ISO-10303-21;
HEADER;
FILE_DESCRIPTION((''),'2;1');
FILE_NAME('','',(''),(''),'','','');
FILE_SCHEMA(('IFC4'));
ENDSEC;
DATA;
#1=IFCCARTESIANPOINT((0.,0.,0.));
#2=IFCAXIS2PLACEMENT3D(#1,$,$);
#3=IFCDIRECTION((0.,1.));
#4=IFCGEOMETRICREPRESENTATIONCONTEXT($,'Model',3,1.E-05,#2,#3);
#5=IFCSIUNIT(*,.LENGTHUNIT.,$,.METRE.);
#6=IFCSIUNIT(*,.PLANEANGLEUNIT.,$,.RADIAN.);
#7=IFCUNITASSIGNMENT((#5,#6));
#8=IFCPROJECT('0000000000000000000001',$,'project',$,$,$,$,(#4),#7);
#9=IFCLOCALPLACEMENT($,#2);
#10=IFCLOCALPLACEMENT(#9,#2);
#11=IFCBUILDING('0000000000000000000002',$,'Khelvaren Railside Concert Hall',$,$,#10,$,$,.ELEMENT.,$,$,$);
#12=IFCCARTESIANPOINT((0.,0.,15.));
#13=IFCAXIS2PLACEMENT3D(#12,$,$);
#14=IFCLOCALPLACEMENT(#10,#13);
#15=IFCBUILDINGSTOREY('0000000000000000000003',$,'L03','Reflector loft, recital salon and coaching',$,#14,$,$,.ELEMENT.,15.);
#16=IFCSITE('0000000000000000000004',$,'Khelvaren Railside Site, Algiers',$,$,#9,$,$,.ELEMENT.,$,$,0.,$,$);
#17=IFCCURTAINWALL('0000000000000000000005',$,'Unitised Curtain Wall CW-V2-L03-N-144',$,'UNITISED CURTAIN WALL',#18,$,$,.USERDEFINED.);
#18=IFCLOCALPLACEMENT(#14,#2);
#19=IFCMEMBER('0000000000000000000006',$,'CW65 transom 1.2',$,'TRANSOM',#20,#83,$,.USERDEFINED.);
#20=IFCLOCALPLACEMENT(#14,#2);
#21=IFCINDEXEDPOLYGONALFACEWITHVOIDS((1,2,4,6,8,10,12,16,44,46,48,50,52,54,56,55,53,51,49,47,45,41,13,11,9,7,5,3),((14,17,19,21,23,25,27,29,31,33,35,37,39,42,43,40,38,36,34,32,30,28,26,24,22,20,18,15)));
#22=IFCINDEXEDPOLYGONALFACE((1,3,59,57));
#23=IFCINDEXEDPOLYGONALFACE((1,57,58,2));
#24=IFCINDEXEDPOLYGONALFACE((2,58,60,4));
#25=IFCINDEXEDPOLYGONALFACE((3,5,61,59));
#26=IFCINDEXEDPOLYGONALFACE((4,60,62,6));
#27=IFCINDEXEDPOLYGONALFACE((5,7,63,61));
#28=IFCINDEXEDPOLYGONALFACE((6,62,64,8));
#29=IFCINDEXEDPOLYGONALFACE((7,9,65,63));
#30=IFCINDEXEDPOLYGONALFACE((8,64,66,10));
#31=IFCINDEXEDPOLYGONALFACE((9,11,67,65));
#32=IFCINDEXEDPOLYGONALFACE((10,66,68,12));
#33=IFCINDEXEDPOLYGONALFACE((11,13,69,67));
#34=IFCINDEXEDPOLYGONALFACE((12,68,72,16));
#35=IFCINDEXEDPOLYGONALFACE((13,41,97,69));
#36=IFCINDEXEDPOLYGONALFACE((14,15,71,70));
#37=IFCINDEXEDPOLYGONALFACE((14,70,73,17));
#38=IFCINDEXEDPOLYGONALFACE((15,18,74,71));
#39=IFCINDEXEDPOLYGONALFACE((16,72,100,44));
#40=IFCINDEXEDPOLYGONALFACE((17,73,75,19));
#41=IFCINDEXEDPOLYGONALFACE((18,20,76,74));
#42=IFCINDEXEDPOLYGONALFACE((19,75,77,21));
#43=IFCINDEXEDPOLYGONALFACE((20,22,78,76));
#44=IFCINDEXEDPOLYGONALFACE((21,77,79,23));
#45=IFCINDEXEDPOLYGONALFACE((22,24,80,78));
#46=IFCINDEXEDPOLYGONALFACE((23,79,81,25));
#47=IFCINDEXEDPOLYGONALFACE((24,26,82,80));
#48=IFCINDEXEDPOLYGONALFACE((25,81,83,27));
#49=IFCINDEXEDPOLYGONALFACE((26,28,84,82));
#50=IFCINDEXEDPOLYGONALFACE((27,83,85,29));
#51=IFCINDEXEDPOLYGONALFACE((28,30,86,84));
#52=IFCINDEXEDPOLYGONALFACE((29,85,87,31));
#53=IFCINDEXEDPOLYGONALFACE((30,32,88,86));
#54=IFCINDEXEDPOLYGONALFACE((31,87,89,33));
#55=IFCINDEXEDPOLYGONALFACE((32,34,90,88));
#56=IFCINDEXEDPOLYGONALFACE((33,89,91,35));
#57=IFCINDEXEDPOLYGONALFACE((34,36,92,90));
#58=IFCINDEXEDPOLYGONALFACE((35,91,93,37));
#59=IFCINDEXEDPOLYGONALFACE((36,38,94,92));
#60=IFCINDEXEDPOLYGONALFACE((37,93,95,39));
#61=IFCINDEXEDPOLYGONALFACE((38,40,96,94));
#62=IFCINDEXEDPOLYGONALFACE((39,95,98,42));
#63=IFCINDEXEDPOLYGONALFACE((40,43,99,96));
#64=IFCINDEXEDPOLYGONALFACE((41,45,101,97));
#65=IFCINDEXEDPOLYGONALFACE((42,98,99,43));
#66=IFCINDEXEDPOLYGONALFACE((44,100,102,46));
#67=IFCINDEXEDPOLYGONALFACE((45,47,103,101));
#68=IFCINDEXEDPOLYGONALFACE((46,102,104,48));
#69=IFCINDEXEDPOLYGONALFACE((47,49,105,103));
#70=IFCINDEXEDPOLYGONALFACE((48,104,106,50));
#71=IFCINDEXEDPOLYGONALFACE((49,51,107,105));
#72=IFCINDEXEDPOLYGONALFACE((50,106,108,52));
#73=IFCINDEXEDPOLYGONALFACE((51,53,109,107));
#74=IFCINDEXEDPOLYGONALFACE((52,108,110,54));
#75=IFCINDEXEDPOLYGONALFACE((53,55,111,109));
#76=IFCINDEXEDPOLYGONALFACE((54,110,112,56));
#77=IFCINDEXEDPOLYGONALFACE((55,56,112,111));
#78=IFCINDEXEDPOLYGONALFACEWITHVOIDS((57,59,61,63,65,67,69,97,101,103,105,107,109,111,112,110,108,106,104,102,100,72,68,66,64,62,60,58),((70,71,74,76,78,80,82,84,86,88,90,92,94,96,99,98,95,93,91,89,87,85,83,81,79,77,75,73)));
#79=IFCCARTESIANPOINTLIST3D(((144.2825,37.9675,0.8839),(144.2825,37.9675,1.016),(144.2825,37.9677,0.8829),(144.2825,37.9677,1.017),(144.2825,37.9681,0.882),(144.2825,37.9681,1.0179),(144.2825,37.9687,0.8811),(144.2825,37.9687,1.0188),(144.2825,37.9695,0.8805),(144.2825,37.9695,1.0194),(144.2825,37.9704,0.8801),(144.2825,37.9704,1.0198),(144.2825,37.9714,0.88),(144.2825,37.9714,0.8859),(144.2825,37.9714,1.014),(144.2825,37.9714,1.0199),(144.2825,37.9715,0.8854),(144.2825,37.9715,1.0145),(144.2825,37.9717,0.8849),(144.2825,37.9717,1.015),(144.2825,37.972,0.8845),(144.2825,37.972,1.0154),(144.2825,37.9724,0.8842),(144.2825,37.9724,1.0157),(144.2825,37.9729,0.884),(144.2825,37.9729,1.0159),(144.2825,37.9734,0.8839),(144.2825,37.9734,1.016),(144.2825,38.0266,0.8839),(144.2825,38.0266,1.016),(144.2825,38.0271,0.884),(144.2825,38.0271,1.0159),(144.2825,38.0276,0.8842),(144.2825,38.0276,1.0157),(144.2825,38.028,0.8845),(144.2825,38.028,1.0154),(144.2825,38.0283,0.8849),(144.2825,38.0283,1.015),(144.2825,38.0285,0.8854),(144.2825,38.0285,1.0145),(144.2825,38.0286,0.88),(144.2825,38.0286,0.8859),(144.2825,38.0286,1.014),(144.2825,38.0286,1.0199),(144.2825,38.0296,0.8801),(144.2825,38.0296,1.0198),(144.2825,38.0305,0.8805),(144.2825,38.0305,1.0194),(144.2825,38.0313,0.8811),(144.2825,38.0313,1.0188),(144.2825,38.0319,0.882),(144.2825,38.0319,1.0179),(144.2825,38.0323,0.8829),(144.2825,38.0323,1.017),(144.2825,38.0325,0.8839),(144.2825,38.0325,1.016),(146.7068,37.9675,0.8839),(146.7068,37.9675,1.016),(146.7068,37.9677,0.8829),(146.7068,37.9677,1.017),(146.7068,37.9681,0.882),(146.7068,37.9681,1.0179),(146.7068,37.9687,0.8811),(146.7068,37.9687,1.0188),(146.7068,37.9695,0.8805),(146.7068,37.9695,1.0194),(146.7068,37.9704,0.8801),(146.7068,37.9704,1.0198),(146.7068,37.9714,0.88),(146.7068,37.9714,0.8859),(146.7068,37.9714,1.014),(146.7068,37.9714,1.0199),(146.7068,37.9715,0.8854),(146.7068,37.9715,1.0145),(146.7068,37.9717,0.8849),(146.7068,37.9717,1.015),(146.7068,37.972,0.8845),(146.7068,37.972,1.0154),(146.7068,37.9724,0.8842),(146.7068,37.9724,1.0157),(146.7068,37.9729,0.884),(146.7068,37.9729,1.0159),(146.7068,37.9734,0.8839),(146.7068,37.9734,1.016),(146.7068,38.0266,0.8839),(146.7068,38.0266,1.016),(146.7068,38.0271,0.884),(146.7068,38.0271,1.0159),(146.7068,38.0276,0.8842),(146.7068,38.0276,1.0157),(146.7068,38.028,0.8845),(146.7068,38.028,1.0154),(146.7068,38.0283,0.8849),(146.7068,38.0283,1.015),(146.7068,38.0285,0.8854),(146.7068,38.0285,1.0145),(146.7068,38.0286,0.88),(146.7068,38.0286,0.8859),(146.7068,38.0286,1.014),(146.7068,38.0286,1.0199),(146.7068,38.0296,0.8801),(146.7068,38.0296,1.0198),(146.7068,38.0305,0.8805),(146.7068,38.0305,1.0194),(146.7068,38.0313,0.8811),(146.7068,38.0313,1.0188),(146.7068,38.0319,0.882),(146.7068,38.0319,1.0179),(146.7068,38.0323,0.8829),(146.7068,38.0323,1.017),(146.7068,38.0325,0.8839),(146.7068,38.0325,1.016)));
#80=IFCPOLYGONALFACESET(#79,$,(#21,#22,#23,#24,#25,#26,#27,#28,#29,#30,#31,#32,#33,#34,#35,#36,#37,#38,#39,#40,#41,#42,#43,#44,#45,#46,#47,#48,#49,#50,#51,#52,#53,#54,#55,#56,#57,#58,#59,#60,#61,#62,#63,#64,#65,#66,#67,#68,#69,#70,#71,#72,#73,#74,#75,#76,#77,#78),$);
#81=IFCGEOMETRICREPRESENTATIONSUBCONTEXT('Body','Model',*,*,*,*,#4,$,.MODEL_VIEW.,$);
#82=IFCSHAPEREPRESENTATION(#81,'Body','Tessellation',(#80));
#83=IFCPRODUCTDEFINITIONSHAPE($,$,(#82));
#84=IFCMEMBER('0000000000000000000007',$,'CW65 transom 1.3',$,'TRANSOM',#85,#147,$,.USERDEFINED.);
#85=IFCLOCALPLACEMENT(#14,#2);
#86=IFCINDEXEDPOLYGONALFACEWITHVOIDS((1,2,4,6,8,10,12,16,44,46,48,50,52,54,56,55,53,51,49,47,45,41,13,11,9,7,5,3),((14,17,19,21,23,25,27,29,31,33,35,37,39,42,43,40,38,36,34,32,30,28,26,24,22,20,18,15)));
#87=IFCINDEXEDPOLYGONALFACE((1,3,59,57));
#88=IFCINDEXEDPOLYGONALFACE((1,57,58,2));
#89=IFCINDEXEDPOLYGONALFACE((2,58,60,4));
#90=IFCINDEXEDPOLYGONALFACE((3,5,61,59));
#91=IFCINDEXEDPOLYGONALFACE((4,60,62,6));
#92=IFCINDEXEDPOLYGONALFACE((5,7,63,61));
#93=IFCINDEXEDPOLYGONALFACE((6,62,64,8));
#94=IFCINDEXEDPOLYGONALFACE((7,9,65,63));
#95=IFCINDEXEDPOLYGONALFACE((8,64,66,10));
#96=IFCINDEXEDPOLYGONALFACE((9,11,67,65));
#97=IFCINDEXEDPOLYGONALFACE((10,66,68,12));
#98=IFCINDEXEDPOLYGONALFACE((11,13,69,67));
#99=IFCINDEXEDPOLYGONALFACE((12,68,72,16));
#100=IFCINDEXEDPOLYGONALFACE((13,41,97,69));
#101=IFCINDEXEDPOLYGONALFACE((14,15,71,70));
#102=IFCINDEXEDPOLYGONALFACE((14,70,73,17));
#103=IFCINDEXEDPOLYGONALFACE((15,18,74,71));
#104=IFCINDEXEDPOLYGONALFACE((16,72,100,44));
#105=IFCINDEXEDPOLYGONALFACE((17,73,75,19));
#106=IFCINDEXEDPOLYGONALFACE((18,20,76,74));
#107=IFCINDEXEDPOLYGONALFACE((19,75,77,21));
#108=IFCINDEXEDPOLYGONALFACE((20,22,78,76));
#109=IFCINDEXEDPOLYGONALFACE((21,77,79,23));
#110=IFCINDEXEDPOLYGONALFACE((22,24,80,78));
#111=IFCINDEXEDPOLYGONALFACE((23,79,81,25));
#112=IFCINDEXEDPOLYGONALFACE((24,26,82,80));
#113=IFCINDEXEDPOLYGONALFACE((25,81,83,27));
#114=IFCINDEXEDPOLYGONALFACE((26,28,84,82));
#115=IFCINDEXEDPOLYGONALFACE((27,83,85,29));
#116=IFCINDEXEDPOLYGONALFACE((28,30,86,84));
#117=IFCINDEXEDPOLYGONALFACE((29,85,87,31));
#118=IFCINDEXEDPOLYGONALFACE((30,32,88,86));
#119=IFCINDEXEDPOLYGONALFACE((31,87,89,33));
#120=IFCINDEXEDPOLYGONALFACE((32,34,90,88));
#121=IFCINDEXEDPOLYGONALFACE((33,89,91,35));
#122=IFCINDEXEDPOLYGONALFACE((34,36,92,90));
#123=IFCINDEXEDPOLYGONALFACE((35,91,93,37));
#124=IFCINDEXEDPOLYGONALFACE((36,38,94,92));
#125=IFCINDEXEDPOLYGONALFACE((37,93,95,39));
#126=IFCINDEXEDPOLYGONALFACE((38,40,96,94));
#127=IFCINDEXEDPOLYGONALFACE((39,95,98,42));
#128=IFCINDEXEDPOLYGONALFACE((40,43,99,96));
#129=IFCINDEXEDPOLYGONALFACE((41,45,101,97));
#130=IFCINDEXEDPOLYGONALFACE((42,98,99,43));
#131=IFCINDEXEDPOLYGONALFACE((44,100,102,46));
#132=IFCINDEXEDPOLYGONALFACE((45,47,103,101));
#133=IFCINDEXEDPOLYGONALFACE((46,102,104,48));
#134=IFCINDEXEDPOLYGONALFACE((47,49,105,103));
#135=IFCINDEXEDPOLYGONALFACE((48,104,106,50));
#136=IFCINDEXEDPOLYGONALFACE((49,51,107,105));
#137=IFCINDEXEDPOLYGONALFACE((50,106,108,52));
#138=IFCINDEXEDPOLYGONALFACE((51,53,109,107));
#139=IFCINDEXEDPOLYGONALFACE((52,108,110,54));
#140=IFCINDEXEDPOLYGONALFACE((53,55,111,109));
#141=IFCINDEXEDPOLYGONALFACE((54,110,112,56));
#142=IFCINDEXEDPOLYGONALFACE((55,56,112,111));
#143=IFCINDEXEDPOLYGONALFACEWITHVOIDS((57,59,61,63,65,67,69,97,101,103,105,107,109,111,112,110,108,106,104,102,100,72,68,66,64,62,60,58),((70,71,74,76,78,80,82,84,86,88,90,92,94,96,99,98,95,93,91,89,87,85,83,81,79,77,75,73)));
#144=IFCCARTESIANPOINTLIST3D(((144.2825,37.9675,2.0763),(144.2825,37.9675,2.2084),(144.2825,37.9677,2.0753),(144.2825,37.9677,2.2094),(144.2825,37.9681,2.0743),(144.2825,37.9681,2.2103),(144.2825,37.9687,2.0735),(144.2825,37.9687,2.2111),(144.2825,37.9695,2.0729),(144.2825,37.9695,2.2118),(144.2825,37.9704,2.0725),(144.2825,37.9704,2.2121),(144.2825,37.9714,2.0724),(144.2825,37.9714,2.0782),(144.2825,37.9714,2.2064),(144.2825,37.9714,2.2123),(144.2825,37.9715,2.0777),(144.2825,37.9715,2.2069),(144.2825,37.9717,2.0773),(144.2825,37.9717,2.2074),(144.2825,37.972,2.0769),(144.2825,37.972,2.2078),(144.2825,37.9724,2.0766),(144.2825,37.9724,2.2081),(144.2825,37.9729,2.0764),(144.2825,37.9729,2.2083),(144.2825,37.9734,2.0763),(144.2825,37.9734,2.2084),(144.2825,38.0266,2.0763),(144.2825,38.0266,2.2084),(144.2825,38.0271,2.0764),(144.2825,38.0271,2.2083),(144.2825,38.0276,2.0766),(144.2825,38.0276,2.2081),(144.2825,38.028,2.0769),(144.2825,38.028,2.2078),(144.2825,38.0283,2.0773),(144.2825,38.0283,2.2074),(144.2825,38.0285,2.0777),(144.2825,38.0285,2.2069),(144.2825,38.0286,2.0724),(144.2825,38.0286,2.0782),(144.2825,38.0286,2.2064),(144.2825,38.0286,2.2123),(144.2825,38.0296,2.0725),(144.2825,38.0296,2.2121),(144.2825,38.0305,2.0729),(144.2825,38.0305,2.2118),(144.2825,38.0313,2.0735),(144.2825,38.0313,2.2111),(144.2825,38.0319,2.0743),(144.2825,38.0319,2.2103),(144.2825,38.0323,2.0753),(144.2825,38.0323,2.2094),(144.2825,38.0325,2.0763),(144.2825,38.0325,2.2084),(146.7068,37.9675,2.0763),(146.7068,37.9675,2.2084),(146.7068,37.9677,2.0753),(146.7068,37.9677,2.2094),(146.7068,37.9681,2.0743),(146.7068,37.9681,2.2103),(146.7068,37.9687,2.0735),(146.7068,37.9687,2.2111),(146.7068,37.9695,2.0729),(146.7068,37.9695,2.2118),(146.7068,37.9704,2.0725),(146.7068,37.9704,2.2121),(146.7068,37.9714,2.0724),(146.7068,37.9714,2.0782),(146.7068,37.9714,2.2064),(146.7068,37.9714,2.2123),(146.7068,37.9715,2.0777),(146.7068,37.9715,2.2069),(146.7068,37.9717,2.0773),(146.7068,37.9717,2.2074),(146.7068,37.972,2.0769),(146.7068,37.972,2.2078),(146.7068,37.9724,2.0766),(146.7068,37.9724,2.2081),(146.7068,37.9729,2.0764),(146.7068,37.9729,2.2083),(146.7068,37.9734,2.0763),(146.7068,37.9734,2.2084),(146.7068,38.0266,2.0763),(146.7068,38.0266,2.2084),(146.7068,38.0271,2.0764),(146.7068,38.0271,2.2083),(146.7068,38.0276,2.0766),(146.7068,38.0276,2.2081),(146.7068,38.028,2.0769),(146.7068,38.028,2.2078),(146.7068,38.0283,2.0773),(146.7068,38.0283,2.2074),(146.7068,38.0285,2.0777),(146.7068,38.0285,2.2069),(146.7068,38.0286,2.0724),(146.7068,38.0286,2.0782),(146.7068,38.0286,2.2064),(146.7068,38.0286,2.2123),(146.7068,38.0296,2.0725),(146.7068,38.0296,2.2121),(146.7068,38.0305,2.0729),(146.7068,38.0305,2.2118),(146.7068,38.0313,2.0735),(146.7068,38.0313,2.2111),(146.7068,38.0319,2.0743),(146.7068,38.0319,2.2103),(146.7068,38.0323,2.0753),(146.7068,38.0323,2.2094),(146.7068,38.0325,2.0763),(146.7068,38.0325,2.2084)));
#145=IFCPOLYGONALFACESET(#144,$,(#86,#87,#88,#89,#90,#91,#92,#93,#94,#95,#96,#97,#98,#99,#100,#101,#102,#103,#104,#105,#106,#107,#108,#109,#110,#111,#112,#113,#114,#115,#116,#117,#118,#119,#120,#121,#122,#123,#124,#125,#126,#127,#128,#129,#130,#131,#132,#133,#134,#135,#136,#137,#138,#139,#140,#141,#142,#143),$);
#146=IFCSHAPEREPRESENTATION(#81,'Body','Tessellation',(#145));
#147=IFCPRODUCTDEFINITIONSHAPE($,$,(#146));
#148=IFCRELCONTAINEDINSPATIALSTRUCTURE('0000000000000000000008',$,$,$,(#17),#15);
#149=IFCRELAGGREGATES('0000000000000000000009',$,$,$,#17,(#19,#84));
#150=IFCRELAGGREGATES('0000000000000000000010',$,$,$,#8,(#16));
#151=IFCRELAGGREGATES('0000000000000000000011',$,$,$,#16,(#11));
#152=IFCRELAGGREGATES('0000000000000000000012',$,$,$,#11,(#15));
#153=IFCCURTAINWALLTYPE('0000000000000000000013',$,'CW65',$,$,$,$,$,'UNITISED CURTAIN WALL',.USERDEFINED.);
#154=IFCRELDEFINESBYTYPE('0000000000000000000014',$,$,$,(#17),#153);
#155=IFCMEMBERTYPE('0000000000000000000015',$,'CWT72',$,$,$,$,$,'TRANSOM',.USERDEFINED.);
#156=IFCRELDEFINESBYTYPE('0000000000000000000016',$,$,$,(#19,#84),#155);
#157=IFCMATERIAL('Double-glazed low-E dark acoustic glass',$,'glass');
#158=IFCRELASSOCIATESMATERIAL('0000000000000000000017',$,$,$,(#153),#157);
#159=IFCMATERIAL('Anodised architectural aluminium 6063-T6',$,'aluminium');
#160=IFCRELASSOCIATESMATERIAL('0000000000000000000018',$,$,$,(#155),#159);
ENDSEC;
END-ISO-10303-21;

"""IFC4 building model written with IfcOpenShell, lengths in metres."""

from ifc_helpers import new_model, si_unit, direction, frame, origin, origin_2d, place, context, subcontext, project, spatial, hollow_rectangle, extrude, material, material_profile, profile_set, type_object, element, aggregate, save


model = new_model("IFC4")

# Units and contexts
model_context = context("Model", 3, precision=1e-05, world=origin(), true_north=direction((0.0, 1.0)))
body_context = subcontext(model_context, "Body", "Model", "MODEL_VIEW")
ifc_project = project(units=[si_unit("LENGTHUNIT", "METRE"), si_unit("PLANEANGLEUNIT", "RADIAN")], contexts=[model_context])

# Site, building, storey
site_placement = place(None, origin())
site = spatial("IfcSite", under=ifc_project, at=site_placement, Name="Khelvaren Railside Site, Algiers", CompositionType="ELEMENT", RefElevation=0.0)
building_placement = place(site_placement, origin())
building = spatial("IfcBuilding", under=site, at=building_placement, Name="Khelvaren Railside Concert Hall", CompositionType="ELEMENT")
storey_placement = place(building_placement, frame((0.0, 0.0, 15.0)))
storey = spatial("IfcBuildingStorey", under=building, at=storey_placement, Name="L03", Description="Reflector loft, recital salon and coaching", CompositionType="ELEMENT", Elevation=15.0)

# Shared definitions
ifc_material_1 = material(Name="Anodised architectural aluminium 6063-T6", Category="aluminium")

# Curtain wall, members
ifc_material_2 = material(Name="Double-glazed low-E dark acoustic glass", Category="glass")
curtain_wall_type_1 = type_object("IfcCurtainWallType", Name="CW65", ElementType="UNITISED CURTAIN WALL", PredefinedType="USERDEFINED", material=ifc_material_2)
curtain_wall_1_placement = place(storey_placement, origin())
curtain_wall_1 = element("IfcCurtainWall", 1, at=curtain_wall_1_placement, inside=storey, type_object=curtain_wall_type_1, Name="Unitised Curtain Wall CW-V2-L03-N-144", ObjectType="UNITISED CURTAIN WALL", PredefinedType="USERDEFINED")
ifc_material_profile_1 = material_profile(ifc_material_1, hollow_rectangle(XDim=0.0649, YDim=0.1399, WallThickness=0.0039, InnerFilletRadius=0.002, OuterFilletRadius=0.0039, at=origin_2d()), Name="CWT 65x140x4")
ifc_profile_set_1 = profile_set([ifc_material_profile_1], Name="Anodised architectural aluminium 6063-T6")
member_type_1 = type_object("IfcMemberType", Name="CWT72", ElementType="TRANSOM", PredefinedType="USERDEFINED", material=ifc_profile_set_1)
member_1_placement = place(storey_placement, frame((144.2825, 38.0, 0.95), z_axis=(1.0, 0.0, 0.0), x_axis=(0.0, 1.0, 0.0)))
member_1 = element("IfcMember", 2, at=member_1_placement, type_object=member_type_1, Name="CW65 transom 1.2", ObjectType="TRANSOM", PredefinedType="USERDEFINED", context=body_context, shape_type="SweptSolid", body=[
    extrude(hollow_rectangle(XDim=0.0649, YDim=0.1399, WallThickness=0.0039, InnerFilletRadius=0.002, OuterFilletRadius=0.0039, at=origin_2d()), origin(), (0.0, 0.0, 1.0), 2.4243),
])
member_2_placement = place(storey_placement, frame((144.2825, 38.0, 2.1423), z_axis=(1.0, 0.0, 0.0), x_axis=(0.0, 1.0, 0.0)))
member_2 = element("IfcMember", 3, at=member_2_placement, type_object=member_type_1, Name="CW65 transom 1.3", ObjectType="TRANSOM", PredefinedType="USERDEFINED", context=body_context, shape_type="SweptSolid", body=[
    extrude(hollow_rectangle(XDim=0.0649, YDim=0.1399, WallThickness=0.0039, InnerFilletRadius=0.002, OuterFilletRadius=0.0039, at=origin_2d()), origin(), (0.0, 0.0, 1.0), 2.4243),
])

aggregate(curtain_wall_1, [member_1, member_2])

save(model, "model.ifc")
